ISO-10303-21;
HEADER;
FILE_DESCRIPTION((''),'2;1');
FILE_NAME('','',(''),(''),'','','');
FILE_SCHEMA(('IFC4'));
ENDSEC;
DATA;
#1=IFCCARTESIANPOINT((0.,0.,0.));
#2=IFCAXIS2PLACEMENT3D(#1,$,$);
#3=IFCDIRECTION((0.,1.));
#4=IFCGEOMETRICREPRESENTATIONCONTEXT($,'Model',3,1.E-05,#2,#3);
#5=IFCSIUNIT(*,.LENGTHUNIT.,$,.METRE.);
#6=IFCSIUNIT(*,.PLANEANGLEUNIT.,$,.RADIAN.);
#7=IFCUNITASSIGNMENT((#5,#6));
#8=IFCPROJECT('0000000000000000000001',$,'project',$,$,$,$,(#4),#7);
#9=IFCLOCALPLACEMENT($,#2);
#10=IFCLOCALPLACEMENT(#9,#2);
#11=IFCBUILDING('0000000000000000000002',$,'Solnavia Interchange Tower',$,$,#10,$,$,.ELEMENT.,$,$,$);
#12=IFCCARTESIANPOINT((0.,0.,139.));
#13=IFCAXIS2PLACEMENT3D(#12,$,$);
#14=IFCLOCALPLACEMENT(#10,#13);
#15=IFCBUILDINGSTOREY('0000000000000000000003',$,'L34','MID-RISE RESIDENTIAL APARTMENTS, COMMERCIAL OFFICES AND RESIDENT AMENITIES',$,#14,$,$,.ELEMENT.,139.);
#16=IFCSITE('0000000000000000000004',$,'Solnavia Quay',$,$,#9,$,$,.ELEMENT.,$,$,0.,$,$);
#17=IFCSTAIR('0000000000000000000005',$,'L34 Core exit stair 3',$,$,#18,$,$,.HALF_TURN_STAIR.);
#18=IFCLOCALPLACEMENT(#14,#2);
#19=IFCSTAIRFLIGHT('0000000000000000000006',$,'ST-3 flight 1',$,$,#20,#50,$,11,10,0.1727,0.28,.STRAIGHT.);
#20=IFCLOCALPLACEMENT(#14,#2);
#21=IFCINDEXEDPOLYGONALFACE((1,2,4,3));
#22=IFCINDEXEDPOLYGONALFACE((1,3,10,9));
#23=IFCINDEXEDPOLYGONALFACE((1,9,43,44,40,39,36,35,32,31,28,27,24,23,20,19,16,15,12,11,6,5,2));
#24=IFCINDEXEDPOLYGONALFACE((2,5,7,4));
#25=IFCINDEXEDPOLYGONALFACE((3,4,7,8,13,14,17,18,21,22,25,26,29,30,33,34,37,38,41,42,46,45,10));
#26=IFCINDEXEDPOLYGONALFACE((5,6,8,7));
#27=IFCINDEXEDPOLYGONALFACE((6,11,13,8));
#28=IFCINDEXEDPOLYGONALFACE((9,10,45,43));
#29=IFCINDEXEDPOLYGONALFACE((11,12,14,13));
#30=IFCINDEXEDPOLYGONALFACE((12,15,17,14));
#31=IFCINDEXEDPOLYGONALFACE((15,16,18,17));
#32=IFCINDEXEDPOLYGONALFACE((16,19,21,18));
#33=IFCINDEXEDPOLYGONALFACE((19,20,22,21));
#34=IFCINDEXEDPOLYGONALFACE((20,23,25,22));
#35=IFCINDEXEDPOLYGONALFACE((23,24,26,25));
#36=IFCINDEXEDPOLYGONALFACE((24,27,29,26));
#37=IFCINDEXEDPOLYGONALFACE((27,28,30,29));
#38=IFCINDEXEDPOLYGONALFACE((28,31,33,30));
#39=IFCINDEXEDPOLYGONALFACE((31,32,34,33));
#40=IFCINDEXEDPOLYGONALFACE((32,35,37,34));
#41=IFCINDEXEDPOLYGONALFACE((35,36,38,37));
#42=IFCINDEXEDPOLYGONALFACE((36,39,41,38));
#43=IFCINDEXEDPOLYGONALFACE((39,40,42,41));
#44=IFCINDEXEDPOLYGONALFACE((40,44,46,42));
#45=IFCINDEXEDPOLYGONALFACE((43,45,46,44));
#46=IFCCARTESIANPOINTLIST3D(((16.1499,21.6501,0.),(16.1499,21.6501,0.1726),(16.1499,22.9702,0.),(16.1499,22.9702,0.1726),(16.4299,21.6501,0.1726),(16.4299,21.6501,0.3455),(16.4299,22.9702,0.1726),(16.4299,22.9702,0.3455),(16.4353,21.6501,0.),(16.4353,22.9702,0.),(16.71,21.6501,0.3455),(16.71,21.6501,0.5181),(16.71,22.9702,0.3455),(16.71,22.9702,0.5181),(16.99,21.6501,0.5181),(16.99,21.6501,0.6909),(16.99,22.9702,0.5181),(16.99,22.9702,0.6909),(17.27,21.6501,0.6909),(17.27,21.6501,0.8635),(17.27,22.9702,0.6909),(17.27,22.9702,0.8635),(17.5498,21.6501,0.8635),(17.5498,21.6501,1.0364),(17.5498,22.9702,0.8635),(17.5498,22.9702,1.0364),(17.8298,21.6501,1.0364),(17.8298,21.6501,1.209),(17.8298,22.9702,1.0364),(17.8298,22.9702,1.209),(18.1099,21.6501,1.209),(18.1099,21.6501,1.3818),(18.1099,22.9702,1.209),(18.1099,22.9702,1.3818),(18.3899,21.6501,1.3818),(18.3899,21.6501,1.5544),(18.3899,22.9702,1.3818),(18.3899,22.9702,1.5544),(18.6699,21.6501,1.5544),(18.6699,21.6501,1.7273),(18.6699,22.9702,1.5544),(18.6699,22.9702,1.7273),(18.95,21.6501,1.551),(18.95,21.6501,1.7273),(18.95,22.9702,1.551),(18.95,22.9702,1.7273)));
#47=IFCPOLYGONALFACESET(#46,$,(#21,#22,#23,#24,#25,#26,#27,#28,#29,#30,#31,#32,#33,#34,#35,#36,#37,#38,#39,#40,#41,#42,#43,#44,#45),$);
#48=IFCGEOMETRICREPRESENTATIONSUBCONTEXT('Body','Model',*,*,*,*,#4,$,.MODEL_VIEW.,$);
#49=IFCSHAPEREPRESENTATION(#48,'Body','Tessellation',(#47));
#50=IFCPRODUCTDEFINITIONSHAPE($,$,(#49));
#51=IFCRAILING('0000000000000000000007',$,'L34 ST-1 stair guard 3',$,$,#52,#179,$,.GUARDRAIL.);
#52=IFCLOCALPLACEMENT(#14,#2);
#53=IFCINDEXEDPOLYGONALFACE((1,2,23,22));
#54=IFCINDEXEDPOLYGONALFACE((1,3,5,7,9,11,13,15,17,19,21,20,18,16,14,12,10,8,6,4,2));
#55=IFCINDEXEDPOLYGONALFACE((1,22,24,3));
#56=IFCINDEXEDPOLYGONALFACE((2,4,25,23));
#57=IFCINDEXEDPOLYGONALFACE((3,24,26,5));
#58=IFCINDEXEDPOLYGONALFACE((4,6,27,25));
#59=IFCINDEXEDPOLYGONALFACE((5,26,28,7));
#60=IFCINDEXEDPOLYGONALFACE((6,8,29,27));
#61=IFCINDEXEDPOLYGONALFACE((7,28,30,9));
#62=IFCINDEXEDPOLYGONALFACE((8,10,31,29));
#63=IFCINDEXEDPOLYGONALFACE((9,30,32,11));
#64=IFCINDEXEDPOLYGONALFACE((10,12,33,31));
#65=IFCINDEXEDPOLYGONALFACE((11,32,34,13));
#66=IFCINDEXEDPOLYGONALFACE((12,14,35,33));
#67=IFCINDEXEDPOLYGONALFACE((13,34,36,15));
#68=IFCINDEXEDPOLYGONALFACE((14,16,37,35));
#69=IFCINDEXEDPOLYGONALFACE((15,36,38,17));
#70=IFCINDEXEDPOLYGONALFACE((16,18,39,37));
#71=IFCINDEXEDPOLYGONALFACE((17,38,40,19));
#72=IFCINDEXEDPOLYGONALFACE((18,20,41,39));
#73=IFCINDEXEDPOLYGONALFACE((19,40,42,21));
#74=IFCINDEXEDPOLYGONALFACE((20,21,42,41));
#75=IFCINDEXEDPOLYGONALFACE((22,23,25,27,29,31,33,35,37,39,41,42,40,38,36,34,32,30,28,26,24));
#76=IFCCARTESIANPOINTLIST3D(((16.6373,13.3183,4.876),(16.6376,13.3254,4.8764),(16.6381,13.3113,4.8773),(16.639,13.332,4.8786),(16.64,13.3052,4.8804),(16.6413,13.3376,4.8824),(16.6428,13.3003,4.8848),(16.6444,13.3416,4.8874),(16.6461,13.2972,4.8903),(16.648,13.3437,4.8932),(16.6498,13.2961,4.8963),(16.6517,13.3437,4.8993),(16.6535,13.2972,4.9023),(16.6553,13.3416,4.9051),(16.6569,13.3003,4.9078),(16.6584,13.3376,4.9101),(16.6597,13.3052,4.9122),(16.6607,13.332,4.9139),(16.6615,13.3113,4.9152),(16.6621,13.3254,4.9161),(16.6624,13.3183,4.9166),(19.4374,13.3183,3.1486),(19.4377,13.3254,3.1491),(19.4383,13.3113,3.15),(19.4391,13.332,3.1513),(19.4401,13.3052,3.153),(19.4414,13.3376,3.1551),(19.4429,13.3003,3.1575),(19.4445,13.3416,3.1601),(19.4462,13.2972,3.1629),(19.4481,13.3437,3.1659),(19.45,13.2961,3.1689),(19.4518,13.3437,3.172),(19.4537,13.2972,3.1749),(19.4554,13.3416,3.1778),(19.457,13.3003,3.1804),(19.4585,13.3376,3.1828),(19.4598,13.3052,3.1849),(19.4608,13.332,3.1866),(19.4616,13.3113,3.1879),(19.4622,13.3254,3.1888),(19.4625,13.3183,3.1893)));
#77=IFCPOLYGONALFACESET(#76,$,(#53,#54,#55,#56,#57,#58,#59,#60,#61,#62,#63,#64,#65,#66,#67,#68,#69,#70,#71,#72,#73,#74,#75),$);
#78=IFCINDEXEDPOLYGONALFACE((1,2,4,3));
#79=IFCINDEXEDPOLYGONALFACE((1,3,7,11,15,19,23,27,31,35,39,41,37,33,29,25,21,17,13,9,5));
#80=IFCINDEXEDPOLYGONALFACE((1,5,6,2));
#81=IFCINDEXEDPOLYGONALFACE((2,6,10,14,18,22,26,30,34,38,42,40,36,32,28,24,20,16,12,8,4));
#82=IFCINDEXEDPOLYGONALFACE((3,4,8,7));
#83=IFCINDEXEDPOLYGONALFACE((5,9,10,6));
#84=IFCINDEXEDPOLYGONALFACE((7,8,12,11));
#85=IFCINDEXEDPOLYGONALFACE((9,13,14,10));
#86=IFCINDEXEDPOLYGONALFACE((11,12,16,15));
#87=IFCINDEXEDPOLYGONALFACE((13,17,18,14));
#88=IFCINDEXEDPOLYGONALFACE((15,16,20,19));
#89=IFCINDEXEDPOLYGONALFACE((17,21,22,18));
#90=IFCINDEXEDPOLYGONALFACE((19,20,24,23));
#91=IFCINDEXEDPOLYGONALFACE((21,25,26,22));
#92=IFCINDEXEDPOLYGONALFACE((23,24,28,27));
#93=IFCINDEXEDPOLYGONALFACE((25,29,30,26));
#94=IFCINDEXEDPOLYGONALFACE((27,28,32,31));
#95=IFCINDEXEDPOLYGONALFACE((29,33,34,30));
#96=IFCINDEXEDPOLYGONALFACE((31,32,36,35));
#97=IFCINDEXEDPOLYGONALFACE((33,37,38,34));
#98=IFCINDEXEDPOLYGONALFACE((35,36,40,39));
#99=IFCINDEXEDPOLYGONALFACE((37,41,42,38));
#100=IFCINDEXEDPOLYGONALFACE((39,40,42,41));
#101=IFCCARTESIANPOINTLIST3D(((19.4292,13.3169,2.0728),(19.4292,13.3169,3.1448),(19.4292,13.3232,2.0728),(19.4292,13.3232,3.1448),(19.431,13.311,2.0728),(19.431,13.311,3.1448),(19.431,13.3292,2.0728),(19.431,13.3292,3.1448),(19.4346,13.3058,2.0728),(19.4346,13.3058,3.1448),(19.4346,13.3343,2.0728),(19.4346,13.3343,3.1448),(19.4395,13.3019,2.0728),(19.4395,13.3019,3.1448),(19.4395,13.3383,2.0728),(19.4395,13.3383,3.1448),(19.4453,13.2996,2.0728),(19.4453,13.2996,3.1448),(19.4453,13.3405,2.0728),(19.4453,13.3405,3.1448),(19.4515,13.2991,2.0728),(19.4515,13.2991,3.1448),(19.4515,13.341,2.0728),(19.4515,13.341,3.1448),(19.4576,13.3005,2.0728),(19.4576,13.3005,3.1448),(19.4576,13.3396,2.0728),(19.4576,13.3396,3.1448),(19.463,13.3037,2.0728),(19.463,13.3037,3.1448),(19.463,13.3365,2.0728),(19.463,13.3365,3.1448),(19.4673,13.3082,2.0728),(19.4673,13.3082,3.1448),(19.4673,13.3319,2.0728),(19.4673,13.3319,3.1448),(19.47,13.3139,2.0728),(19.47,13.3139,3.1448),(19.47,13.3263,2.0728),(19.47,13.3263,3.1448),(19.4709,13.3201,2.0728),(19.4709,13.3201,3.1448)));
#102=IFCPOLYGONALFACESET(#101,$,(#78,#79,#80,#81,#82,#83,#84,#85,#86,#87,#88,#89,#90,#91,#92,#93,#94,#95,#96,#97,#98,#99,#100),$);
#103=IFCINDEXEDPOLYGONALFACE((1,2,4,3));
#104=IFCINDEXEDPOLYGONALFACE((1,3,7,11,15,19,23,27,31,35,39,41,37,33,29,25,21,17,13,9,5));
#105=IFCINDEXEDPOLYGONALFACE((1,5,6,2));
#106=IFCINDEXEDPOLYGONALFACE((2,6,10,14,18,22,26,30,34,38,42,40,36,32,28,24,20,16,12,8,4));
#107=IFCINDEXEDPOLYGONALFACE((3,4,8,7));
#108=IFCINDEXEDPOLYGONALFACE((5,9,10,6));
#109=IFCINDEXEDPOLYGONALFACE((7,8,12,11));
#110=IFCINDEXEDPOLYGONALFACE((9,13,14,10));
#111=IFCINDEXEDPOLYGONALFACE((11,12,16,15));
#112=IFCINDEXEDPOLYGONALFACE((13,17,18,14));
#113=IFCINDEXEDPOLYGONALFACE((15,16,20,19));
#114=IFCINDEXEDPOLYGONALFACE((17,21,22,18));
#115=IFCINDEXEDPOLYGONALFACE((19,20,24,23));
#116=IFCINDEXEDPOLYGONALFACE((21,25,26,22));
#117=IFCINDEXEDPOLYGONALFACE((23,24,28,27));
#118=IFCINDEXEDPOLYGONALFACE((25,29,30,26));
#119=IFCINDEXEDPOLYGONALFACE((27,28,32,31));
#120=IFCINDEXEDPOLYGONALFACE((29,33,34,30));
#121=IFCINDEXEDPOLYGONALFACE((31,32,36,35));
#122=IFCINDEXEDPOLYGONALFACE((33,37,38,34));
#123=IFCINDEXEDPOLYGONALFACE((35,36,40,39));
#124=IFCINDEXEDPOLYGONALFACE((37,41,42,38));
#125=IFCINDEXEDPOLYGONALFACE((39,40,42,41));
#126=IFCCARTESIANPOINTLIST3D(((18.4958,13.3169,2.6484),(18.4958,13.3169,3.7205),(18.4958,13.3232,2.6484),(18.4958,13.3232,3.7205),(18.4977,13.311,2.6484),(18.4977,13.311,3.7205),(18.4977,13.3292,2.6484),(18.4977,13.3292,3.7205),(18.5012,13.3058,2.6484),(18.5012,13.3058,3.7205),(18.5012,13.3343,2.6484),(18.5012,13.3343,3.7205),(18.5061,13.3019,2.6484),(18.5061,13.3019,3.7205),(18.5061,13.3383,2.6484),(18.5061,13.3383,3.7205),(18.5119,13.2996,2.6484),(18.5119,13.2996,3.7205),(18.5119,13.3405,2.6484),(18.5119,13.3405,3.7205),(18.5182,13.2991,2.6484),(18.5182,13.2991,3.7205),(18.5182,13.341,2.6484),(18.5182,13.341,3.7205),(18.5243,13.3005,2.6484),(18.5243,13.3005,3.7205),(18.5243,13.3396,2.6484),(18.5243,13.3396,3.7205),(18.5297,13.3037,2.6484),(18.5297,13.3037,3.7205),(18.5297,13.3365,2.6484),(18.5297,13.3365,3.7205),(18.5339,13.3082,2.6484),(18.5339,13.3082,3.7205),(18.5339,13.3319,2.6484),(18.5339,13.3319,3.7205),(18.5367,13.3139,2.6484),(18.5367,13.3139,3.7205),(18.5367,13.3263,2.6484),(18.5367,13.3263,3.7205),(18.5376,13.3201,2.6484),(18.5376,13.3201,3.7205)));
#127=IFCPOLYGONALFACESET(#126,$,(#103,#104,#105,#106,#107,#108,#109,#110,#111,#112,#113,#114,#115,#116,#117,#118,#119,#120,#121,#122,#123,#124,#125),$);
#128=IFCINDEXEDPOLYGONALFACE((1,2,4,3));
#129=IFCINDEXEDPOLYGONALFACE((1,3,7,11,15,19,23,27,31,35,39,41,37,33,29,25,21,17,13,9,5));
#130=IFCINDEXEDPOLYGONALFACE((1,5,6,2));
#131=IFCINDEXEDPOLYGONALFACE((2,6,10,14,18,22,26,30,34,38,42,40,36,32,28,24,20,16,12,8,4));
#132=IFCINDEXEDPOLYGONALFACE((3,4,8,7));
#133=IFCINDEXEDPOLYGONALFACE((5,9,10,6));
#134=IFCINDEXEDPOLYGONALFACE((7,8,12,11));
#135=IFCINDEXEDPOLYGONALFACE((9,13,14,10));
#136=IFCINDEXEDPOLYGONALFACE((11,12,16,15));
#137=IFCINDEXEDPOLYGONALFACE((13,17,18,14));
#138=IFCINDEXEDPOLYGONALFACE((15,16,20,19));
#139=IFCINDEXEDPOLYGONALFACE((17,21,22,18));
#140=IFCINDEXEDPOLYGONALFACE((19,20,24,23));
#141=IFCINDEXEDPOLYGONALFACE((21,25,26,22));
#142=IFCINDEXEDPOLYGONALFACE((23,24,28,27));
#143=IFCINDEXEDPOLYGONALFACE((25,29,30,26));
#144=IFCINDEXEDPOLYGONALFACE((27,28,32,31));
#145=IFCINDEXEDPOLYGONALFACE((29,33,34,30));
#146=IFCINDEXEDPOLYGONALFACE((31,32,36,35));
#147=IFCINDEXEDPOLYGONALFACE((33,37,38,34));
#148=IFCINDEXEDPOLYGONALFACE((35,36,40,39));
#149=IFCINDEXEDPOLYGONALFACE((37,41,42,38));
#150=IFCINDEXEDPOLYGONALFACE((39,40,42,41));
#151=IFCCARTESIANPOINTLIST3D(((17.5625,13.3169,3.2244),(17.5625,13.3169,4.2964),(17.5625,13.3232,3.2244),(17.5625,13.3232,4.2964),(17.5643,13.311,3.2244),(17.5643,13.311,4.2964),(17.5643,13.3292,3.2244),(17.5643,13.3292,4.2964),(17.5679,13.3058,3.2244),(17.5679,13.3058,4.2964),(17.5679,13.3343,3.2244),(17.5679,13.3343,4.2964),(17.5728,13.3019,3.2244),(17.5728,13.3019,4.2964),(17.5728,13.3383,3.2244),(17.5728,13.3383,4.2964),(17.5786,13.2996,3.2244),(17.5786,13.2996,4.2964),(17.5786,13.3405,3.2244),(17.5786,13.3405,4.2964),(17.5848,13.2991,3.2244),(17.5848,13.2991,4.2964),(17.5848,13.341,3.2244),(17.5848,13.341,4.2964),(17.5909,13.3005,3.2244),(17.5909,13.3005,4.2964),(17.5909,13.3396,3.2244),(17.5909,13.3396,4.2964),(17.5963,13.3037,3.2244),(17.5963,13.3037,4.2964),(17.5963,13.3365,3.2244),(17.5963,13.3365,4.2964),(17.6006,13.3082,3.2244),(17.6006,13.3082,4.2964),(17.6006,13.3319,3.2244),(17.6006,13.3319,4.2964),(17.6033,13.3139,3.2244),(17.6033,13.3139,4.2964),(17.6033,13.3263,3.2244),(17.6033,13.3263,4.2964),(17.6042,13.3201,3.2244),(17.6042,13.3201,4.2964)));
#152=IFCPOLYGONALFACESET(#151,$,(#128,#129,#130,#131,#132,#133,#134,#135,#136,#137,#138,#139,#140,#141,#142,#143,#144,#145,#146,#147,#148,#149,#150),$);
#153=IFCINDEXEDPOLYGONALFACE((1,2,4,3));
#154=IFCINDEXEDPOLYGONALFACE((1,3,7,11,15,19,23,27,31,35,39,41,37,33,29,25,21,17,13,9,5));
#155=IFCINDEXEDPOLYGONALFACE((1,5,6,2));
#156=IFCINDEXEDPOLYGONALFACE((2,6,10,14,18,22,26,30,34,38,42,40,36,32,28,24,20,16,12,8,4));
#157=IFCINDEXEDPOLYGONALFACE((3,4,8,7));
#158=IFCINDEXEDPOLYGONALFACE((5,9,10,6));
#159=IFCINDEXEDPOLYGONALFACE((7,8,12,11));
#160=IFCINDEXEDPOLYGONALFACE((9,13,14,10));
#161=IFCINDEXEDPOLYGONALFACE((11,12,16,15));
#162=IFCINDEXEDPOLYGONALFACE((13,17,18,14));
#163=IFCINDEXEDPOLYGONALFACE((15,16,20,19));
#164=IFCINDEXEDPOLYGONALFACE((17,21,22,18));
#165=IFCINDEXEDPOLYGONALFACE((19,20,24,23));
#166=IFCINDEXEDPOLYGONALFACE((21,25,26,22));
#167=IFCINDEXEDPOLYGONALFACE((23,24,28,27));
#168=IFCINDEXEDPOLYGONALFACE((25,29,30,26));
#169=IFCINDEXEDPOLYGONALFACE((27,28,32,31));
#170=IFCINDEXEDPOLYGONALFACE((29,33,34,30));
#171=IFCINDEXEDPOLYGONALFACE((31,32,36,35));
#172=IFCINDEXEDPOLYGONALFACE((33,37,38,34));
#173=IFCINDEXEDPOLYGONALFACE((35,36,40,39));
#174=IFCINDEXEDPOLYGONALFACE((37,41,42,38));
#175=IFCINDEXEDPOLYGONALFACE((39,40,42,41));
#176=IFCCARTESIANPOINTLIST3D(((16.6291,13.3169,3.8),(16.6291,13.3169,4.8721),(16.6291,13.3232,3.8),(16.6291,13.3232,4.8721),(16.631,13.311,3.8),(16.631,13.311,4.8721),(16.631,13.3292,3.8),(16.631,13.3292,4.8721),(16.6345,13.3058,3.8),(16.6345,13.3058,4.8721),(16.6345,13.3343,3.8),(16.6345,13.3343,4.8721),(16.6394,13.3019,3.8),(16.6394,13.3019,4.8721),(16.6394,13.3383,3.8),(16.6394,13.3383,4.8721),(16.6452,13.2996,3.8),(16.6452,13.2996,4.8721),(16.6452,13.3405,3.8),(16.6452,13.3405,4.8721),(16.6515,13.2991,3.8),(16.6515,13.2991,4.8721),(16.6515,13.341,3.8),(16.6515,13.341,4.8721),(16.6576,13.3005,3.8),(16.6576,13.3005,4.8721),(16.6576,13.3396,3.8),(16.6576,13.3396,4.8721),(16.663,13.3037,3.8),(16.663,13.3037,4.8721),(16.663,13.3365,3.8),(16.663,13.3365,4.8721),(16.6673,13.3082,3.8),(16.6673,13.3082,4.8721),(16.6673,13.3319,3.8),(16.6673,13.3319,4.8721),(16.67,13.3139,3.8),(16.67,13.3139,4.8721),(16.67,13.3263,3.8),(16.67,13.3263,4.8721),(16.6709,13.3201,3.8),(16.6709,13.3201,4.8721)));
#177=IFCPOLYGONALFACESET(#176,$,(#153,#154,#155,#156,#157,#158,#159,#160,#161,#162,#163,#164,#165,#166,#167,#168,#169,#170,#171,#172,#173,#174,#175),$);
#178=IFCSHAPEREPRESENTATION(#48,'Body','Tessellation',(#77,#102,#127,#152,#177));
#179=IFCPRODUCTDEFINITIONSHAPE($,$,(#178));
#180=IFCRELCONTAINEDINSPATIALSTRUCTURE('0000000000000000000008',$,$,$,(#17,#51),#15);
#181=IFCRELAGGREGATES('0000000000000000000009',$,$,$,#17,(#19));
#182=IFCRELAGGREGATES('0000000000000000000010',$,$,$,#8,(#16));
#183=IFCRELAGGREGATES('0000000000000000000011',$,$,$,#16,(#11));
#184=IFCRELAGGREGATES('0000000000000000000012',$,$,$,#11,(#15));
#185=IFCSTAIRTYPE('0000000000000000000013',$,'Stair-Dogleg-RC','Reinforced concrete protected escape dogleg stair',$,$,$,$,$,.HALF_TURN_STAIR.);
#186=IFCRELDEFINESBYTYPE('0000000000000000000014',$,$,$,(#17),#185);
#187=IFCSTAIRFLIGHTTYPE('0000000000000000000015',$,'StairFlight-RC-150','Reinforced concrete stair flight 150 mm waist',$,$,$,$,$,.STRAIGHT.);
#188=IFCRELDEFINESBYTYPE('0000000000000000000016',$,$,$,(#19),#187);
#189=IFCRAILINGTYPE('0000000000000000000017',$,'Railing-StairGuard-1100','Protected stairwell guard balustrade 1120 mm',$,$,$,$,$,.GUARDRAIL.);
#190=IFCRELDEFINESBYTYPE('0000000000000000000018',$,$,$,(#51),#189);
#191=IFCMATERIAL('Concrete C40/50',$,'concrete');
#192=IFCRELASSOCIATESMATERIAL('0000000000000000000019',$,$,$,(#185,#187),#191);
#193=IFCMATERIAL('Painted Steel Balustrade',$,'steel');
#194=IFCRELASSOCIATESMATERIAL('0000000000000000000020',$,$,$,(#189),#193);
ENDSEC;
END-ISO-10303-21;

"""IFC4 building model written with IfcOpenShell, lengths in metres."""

from ifc_helpers import new_model, si_unit, direction, frame, origin, origin_2d, place, context, subcontext, project, spatial, polyline, circle, outline, extrude, material, type_object, element, aggregate, save


model = new_model("IFC4")

# Units and contexts
model_context = context("Model", 3, precision=1e-05, world=origin(), true_north=direction((0.0, 1.0)))
body_context = subcontext(model_context, "Body", "Model", "MODEL_VIEW")
ifc_project = project(units=[si_unit("LENGTHUNIT", "METRE"), si_unit("PLANEANGLEUNIT", "RADIAN")], contexts=[model_context])

# Site, building, storey
site_placement = place(None, origin())
site = spatial("IfcSite", under=ifc_project, at=site_placement, Name="Solnavia Quay", CompositionType="ELEMENT", RefElevation=0.0)
building_placement = place(site_placement, origin())
building = spatial("IfcBuilding", under=site, at=building_placement, Name="Solnavia Interchange Tower", CompositionType="ELEMENT")
storey_placement = place(building_placement, frame((0.0, 0.0, 139.0)))
storey = spatial("IfcBuildingStorey", under=building, at=storey_placement, Name="L34", Description="MID-RISE RESIDENTIAL APARTMENTS, COMMERCIAL OFFICES AND RESIDENT AMENITIES", CompositionType="ELEMENT", Elevation=139.0)

# Shared definitions
ifc_material_1 = material(Name="Concrete C40/50", Category="concrete")

# Stair, stair flight
stair_type = type_object("IfcStairType", Name="Stair-Dogleg-RC", Description="Reinforced concrete protected escape dogleg stair", PredefinedType="HALF_TURN_STAIR", material=ifc_material_1)
stair_flight_type = type_object("IfcStairFlightType", Name="StairFlight-RC-150", Description="Reinforced concrete stair flight 150 mm waist", PredefinedType="STRAIGHT", material=ifc_material_1)
stair_1_placement = place(storey_placement, origin())
stair_1 = element("IfcStair", 1, at=stair_1_placement, inside=storey, type_object=stair_type, Name="L34 Core exit stair 3", PredefinedType="HALF_TURN_STAIR")
stair_flight_1_placement = place(storey_placement, frame((16.1499, 22.3101, 0.0), z_axis=(0.0, 0.0, 1.0), x_axis=(1.0, 0.0, 0.0)))
stair_flight_1 = element("IfcStairFlight", 2, at=stair_flight_1_placement, type_object=stair_flight_type, Name="ST-3 flight 1", NumberOfRisers=11, NumberOfTreads=10, PredefinedType="STRAIGHT", RiserHeight=0.1727, TreadLength=0.28, context=body_context, shape_type="SweptSolid", body=[
    extrude(outline(polyline([(0.0, 0.0), (0.0, 0.1726), (0.28, 0.1726), (0.28, 0.3455), (0.5601, 0.3455), (0.5601, 0.5181), (0.8401, 0.5181), (0.8401, 0.6909), (1.1201, 0.6909), (1.1201, 0.8635), (1.3999, 0.8635), (1.3999, 1.0364), (1.6799, 1.0364), (1.6799, 1.209), (1.96, 1.209), (1.96, 1.3818), (2.24, 1.3818), (2.24, 1.5544), (2.52, 1.5544), (2.52, 1.7273), (2.8, 1.7273), (2.8, 1.8999), (2.8, 1.551), (0.2854, 0.0), (0.0, 0.0)])), frame((0.0, 0.6602, 0.0), z_axis=(0.0, -1.0, 0.0), x_axis=(1.0, 0.0, 0.0)), (0.0, 0.0, 1.0), 1.3201),
])
aggregate(stair_1, [stair_flight_1])

# Railing
ifc_material_2 = material(Name="Painted Steel Balustrade", Category="steel")
railing_type_1 = type_object("IfcRailingType", Name="Railing-StairGuard-1100", Description="Protected stairwell guard balustrade 1120 mm", PredefinedType="GUARDRAIL", material=ifc_material_2)
railing_1_placement = place(storey_placement, frame((19.45, 13.3201, 2.0728)))
element("IfcRailing", 3, at=railing_1_placement, inside=storey, type_object=railing_type_1, Name="L34 ST-1 stair guard 3", PredefinedType="GUARDRAIL", context=body_context, shape_type="SweptSolid", body=[
    extrude(circle(Radius=0.0239, at=origin_2d()), frame((0.0, 0.0, 1.0962), z_axis=(-0.85109, 0.0, 0.52502), x_axis=(0.0, -1.0, 0.0)), (0.0, 0.0, 1.0), 3.29),
    extrude(circle(Radius=0.021, at=origin_2d()), origin(), (0.0, 0.0, 1.0), 1.072),
    extrude(circle(Radius=0.021, at=origin_2d()), frame((-0.9333, 0.0, 0.5757)), (0.0, 0.0, 1.0), 1.072),
    extrude(circle(Radius=0.021, at=origin_2d()), frame((-1.8667, 0.0, 1.1516)), (0.0, 0.0, 1.0), 1.072),
    extrude(circle(Radius=0.021, at=origin_2d()), frame((-2.8, 0.0, 1.7273)), (0.0, 0.0, 1.0), 1.072),
])

save(model, "model.ifc")
